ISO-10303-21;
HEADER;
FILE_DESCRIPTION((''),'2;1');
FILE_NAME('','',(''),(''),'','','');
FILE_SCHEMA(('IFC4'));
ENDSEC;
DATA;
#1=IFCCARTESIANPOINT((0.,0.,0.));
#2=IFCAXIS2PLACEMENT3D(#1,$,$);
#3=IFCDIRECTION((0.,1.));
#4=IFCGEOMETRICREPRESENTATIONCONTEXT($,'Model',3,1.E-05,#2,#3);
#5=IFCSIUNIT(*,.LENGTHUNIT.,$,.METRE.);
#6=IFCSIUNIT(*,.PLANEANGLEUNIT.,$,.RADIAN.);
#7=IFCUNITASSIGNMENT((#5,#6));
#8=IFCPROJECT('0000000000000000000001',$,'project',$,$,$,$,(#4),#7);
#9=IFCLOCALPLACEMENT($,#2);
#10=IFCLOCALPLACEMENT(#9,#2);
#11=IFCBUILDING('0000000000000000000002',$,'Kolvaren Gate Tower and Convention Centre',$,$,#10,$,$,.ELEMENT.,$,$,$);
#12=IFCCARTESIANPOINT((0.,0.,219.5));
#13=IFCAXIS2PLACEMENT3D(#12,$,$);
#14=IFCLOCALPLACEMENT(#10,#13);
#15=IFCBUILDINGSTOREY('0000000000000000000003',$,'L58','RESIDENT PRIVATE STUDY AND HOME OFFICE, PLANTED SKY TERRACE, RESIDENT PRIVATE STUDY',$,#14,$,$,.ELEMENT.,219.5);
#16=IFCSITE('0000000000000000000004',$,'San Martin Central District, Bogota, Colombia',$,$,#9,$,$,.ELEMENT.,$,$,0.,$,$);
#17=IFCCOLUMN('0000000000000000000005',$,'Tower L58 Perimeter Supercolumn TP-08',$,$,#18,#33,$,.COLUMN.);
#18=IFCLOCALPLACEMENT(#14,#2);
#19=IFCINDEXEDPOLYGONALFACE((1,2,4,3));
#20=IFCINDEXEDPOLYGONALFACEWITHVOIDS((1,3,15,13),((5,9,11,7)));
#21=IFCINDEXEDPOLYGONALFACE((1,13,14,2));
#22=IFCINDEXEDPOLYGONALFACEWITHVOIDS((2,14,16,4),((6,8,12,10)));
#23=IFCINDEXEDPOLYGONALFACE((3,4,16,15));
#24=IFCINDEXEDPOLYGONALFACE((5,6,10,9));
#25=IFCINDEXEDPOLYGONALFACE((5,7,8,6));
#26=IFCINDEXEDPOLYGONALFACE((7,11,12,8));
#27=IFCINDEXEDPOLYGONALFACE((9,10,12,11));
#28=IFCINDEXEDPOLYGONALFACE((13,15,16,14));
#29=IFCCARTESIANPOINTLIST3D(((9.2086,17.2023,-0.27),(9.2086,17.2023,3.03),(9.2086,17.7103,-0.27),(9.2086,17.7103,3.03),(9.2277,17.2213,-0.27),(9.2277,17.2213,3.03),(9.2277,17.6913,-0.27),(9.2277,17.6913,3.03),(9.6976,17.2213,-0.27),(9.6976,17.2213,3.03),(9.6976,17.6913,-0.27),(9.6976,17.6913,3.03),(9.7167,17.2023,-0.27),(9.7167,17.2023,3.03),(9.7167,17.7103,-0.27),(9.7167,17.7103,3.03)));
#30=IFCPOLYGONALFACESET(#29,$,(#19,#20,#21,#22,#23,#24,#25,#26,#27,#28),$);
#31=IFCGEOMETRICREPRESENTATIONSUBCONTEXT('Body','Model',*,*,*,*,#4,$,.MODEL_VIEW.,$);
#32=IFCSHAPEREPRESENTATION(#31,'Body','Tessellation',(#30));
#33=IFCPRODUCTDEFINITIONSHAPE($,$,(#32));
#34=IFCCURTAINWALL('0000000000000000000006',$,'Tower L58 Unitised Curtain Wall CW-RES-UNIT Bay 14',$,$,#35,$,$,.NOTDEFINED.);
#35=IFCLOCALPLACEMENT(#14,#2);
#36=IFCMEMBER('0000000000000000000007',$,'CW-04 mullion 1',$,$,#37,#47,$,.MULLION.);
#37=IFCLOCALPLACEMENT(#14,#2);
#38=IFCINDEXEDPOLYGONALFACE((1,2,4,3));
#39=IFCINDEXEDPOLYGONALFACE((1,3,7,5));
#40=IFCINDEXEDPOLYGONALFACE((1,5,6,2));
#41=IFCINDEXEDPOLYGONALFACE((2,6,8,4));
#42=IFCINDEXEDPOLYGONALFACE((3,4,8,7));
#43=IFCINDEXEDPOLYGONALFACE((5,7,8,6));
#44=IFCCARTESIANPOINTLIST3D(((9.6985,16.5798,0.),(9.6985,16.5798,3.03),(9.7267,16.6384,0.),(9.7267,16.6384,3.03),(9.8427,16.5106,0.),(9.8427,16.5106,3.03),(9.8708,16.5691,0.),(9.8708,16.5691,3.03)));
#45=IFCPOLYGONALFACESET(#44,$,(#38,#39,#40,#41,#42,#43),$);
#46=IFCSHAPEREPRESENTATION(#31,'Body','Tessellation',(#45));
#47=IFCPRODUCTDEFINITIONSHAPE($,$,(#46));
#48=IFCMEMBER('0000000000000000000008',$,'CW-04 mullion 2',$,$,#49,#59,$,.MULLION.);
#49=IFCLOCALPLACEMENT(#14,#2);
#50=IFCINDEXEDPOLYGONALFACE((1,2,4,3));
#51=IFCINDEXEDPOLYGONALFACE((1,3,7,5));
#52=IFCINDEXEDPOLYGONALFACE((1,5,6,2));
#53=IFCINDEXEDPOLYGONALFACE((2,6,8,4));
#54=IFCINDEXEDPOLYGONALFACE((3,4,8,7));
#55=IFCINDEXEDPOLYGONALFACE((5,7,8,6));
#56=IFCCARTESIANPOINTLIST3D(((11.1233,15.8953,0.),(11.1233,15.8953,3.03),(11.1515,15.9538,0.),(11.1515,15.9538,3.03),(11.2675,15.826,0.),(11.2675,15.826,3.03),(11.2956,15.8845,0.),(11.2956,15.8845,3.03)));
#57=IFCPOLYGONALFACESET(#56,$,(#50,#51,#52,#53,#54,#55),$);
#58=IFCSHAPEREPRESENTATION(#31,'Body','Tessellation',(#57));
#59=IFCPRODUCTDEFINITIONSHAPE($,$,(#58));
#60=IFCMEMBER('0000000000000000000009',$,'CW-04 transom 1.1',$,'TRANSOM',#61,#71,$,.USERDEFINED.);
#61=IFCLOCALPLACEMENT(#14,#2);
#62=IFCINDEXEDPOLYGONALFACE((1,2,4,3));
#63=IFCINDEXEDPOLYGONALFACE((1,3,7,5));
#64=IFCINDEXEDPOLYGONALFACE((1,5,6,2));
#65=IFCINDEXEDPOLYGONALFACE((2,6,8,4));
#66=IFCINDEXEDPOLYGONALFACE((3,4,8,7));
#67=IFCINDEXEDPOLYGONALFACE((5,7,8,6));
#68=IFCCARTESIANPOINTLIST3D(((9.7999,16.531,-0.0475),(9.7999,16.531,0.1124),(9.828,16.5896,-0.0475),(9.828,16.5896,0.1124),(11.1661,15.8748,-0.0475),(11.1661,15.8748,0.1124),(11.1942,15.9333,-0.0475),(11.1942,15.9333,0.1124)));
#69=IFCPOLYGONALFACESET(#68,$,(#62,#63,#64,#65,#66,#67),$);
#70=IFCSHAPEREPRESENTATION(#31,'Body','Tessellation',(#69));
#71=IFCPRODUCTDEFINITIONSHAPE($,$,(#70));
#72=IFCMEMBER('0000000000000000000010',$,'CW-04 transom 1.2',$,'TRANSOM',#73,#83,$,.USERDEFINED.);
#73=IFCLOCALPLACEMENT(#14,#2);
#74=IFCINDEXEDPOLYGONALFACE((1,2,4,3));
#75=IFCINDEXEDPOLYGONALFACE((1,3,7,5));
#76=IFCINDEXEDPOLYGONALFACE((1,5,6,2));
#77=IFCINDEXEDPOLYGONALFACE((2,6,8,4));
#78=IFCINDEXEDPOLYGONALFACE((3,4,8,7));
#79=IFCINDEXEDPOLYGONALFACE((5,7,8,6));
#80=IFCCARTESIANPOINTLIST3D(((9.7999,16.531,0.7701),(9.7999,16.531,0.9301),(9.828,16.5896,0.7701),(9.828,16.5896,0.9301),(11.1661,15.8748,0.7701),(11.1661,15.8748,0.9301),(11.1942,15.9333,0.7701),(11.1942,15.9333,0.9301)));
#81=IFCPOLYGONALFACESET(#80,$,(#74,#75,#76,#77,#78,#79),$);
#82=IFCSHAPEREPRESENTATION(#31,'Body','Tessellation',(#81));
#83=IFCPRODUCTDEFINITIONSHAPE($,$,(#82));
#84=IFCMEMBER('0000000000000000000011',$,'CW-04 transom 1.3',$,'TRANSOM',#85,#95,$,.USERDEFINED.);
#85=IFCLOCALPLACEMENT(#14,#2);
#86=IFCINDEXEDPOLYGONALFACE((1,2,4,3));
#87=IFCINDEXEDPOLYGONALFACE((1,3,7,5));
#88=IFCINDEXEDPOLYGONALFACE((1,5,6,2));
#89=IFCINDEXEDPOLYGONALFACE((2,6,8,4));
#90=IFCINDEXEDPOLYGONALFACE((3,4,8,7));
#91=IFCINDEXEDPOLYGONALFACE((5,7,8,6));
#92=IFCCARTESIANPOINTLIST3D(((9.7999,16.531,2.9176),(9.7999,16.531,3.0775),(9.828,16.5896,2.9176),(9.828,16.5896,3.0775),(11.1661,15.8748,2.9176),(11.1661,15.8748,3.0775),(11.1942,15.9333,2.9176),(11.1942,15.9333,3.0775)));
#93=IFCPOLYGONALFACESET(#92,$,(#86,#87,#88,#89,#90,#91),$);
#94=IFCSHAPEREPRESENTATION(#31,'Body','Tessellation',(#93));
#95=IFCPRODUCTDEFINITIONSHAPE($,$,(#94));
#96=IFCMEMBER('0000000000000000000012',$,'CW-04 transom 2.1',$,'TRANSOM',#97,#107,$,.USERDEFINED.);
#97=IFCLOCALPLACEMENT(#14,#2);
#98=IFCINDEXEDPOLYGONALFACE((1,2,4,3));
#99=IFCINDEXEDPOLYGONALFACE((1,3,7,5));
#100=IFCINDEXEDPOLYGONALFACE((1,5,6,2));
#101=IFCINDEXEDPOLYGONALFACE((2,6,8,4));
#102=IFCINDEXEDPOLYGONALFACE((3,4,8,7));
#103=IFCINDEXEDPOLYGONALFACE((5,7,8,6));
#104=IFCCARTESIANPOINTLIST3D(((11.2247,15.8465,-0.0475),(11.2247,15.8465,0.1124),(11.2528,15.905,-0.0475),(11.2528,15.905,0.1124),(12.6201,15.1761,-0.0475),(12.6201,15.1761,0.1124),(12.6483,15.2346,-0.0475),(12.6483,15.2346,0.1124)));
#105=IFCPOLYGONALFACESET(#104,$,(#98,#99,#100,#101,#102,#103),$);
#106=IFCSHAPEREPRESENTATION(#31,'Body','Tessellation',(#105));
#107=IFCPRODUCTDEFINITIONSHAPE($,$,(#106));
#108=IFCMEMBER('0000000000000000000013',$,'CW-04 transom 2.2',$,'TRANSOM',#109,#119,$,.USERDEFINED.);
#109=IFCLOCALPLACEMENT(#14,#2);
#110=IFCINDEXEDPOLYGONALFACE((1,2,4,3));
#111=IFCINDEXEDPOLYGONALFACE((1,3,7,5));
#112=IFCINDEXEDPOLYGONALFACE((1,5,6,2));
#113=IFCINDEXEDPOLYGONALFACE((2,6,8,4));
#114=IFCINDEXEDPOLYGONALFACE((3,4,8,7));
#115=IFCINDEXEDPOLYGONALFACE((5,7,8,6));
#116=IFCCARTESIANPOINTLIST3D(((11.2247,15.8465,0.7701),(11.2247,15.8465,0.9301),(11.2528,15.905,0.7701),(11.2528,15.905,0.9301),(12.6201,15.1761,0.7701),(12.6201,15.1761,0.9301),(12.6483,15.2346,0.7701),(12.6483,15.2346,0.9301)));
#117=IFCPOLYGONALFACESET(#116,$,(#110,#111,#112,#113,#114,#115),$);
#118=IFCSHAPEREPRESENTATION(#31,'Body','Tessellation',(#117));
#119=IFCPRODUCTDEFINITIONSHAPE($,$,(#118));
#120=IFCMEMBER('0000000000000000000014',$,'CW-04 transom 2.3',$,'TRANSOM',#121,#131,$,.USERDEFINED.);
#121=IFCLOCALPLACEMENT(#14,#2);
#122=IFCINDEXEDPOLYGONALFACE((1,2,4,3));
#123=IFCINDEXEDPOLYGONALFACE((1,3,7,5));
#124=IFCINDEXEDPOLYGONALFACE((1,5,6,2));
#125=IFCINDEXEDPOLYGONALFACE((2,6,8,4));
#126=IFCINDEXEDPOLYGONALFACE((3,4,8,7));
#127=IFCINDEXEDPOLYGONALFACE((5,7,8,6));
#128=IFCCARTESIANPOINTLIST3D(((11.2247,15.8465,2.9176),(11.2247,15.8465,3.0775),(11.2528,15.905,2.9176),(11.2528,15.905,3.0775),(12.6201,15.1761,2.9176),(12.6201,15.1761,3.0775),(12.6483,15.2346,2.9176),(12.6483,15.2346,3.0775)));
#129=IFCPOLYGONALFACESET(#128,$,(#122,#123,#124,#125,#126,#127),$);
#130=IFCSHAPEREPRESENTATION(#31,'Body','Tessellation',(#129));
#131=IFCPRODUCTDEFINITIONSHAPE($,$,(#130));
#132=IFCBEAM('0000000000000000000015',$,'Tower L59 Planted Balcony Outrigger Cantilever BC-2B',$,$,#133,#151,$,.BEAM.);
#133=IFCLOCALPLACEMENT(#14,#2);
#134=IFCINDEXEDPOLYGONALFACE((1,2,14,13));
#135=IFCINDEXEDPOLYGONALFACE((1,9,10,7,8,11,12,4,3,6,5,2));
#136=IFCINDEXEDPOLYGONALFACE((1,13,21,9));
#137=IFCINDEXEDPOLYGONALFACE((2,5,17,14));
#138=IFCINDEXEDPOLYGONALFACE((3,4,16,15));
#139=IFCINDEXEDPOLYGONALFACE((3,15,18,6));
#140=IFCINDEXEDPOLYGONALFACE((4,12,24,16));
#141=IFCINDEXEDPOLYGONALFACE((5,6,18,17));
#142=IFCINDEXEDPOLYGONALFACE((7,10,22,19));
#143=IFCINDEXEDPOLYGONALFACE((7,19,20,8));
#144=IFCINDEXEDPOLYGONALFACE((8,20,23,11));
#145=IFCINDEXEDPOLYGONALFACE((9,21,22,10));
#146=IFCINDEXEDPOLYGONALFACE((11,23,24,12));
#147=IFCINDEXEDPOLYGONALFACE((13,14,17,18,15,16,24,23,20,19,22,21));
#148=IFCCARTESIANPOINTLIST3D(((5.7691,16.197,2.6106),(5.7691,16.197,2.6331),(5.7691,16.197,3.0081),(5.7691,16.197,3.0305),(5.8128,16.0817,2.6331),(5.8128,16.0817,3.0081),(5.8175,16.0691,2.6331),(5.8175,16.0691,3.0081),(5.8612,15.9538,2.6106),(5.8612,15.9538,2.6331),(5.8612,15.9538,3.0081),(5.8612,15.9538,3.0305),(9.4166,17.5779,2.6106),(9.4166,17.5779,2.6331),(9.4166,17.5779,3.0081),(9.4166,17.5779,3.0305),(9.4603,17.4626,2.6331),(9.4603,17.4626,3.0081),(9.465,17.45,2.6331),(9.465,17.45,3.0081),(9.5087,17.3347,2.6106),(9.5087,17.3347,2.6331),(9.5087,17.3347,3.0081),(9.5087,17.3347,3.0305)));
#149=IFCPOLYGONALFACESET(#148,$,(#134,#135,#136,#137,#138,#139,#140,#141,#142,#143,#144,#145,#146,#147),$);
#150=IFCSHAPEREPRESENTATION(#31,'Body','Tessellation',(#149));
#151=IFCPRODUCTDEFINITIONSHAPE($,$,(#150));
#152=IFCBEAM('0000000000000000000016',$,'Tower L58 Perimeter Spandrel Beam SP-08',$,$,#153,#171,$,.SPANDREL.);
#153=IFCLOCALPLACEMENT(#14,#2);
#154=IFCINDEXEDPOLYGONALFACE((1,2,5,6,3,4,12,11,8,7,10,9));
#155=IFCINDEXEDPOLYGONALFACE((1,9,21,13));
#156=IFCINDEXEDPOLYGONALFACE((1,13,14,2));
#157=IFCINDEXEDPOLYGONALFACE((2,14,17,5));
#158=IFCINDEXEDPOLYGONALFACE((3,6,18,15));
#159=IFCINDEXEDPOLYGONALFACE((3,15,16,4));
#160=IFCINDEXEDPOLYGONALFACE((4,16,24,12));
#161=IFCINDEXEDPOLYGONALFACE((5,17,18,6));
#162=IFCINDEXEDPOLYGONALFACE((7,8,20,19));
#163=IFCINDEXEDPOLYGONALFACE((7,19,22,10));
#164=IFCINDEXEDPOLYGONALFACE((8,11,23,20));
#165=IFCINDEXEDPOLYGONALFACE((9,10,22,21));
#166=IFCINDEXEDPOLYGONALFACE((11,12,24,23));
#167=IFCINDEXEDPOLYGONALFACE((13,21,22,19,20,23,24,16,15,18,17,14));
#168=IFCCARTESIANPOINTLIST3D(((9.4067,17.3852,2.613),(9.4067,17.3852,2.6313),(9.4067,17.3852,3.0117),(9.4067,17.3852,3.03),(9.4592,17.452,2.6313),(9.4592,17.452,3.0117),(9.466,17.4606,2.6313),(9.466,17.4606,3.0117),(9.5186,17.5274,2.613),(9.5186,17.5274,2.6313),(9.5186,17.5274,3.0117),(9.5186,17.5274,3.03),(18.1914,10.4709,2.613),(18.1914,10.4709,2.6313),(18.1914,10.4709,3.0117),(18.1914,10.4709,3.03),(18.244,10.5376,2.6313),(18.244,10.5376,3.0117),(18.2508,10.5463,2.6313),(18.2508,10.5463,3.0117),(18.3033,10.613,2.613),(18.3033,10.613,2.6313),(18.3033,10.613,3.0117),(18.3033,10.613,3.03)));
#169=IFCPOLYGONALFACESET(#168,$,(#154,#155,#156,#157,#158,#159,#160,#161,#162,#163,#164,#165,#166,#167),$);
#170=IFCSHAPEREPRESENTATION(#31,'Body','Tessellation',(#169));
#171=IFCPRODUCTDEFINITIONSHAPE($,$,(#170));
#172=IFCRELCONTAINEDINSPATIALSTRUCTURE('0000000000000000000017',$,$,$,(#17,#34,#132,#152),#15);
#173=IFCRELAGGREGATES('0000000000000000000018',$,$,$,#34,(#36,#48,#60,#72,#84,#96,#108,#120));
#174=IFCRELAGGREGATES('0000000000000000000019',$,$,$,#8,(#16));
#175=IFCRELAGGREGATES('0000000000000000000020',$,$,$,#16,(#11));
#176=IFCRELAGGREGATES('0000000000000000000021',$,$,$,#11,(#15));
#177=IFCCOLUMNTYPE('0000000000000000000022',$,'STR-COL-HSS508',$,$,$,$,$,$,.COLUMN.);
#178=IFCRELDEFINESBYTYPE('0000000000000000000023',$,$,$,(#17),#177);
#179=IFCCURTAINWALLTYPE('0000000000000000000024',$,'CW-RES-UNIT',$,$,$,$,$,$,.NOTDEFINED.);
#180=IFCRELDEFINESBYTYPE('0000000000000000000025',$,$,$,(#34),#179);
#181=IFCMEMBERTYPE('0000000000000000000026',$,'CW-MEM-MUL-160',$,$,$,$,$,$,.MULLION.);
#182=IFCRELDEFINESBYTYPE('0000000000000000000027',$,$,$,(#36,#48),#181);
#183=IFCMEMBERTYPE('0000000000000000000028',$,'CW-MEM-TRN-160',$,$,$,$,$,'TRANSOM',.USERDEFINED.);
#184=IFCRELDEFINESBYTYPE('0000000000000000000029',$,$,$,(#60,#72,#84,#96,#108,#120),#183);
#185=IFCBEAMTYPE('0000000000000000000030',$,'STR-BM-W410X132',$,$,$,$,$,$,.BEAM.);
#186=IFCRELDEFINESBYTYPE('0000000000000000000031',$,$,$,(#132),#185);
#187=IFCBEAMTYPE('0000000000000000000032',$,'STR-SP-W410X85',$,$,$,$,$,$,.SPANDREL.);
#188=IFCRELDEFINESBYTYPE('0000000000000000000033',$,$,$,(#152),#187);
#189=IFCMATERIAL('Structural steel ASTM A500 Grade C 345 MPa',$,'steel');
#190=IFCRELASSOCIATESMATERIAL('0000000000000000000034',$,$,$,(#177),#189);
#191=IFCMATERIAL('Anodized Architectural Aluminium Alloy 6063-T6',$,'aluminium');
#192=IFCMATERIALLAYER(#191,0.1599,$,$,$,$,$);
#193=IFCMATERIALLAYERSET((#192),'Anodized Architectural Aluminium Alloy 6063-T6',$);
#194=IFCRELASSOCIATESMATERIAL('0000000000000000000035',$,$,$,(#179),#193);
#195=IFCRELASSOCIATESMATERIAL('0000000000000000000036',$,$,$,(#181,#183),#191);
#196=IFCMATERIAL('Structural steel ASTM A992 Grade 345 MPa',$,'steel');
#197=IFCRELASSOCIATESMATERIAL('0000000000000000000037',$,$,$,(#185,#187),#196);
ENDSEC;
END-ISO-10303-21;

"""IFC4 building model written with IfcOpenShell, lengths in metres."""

from ifc_helpers import new_model, si_unit, direction, frame, origin, origin_2d, place, context, subcontext, project, spatial, rectangle, hollow_rectangle, i_section, extrude, material, layer, layer_set, material_profile, profile_set, type_object, element, aggregate, save


model = new_model("IFC4")

# Units and contexts
model_context = context("Model", 3, precision=1e-05, world=origin(), true_north=direction((0.0, 1.0)))
body_context = subcontext(model_context, "Body", "Model", "MODEL_VIEW")
ifc_project = project(units=[si_unit("LENGTHUNIT", "METRE"), si_unit("PLANEANGLEUNIT", "RADIAN")], contexts=[model_context])

# Site, building, storey
site_placement = place(None, origin())
site = spatial("IfcSite", under=ifc_project, at=site_placement, Name="San Martin Central District, Bogota, Colombia", CompositionType="ELEMENT", RefElevation=0.0)
building_placement = place(site_placement, origin())
building = spatial("IfcBuilding", under=site, at=building_placement, Name="Kolvaren Gate Tower and Convention Centre", CompositionType="ELEMENT")
storey_placement = place(building_placement, frame((0.0, 0.0, 219.5)))
storey = spatial("IfcBuildingStorey", under=building, at=storey_placement, Name="L58", Description="RESIDENT PRIVATE STUDY AND HOME OFFICE, PLANTED SKY TERRACE, RESIDENT PRIVATE STUDY", CompositionType="ELEMENT", Elevation=219.5)

# Column
ifc_material_1 = material(Name="Structural steel ASTM A500 Grade C 345 MPa", Category="steel")
ifc_material_profile_1 = material_profile(ifc_material_1, hollow_rectangle(XDim=0.5081, YDim=0.5081, WallThickness=0.019, at=origin_2d()), Name="HSS508X508X19.1")
ifc_profile_set_1 = profile_set([ifc_material_profile_1], Name="Structural steel ASTM A500 Grade C 345 MPa")
column_type = type_object("IfcColumnType", Name="STR-COL-HSS508", PredefinedType="COLUMN", material=ifc_profile_set_1)
column_placement = place(storey_placement, frame((9.4626, 17.4563, -0.27), z_axis=(0.0, 0.0, 1.0), x_axis=(1.0, 0.0, 0.0)))
element("IfcColumn", 1, at=column_placement, inside=storey, type_object=column_type, Name="Tower L58 Perimeter Supercolumn TP-08", PredefinedType="COLUMN", context=body_context, shape_type="SweptSolid", body=[
    extrude(hollow_rectangle(XDim=0.5081, YDim=0.5081, WallThickness=0.019, at=origin_2d()), origin(), (0.0, 0.0, 1.0), 3.3),
])

# Curtain wall, members
ifc_material_2 = material(Name="Anodized Architectural Aluminium Alloy 6063-T6", Category="aluminium")
ifc_layer_1 = layer(ifc_material_2, 0.1599)
ifc_layer_set_1 = layer_set([ifc_layer_1], Name="Anodized Architectural Aluminium Alloy 6063-T6")
curtain_wall_type = type_object("IfcCurtainWallType", Name="CW-RES-UNIT", PredefinedType="NOTDEFINED", material=ifc_layer_set_1)
curtain_wall_placement = place(storey_placement, origin())
curtain_wall = element("IfcCurtainWall", 2, at=curtain_wall_placement, inside=storey, type_object=curtain_wall_type, Name="Tower L58 Unitised Curtain Wall CW-RES-UNIT Bay 14", PredefinedType="NOTDEFINED")
ifc_material_profile_2 = material_profile(ifc_material_2, rectangle(XDim=0.0649, YDim=0.1599, at=origin_2d()), Name="CW-MEM-MUL-160")
ifc_profile_set_2 = profile_set([ifc_material_profile_2], Name="Anodized Architectural Aluminium Alloy 6063-T6")
member_type_1 = type_object("IfcMemberType", Name="CW-MEM-MUL-160", PredefinedType="MULLION", material=ifc_profile_set_2)
member_1_placement = place(storey_placement, frame((9.7847, 16.5745, 0.0), z_axis=(0.0, 0.0, 1.0), x_axis=(0.433066, 0.901362, 0.0)))
member_1 = element("IfcMember", 3, at=member_1_placement, type_object=member_type_1, Name="CW-04 mullion 1", PredefinedType="MULLION", context=body_context, shape_type="SweptSolid", body=[
    extrude(rectangle(XDim=0.0649, YDim=0.1599, at=origin_2d()), origin(), (0.0, 0.0, 1.0), 3.03),
])
member_2_placement = place(storey_placement, frame((11.2095, 15.8899, 0.0), z_axis=(0.0, 0.0, 1.0), x_axis=(0.433066, 0.901362, 0.0)))
member_2 = element("IfcMember", 4, at=member_2_placement, type_object=member_type_1, Name="CW-04 mullion 2", PredefinedType="MULLION", context=body_context, shape_type="SweptSolid", body=[
    extrude(rectangle(XDim=0.0649, YDim=0.1599, at=origin_2d()), origin(), (0.0, 0.0, 1.0), 3.03),
])
ifc_material_profile_3 = material_profile(ifc_material_2, rectangle(XDim=0.0649, YDim=0.1599, at=origin_2d()), Name="CW-MEM-TRN-160")
ifc_profile_set_3 = profile_set([ifc_material_profile_3], Name="Anodized Architectural Aluminium Alloy 6063-T6")
member_type_2 = type_object("IfcMemberType", Name="CW-MEM-TRN-160", ElementType="TRANSOM", PredefinedType="USERDEFINED", material=ifc_profile_set_3)
member_3_placement = place(storey_placement, frame((9.814, 16.5603, 0.0325), z_axis=(0.901402, -0.432982, 0.0), x_axis=(0.432982, 0.901402, 0.0)))
member_3 = element("IfcMember", 5, at=member_3_placement, type_object=member_type_2, Name="CW-04 transom 1.1", ObjectType="TRANSOM", PredefinedType="USERDEFINED", context=body_context, shape_type="SweptSolid", body=[
    extrude(rectangle(XDim=0.0649, YDim=0.1599, at=origin_2d()), origin(), (0.0, 0.0, 1.0), 1.5156),
])
member_4_placement = place(storey_placement, frame((9.814, 16.5603, 0.8501), z_axis=(0.901402, -0.432982, 0.0), x_axis=(0.432982, 0.901402, 0.0)))
member_4 = element("IfcMember", 6, at=member_4_placement, type_object=member_type_2, Name="CW-04 transom 1.2", ObjectType="TRANSOM", PredefinedType="USERDEFINED", context=body_context, shape_type="SweptSolid", body=[
    extrude(rectangle(XDim=0.0649, YDim=0.1599, at=origin_2d()), origin(), (0.0, 0.0, 1.0), 1.5156),
])
member_5_placement = place(storey_placement, frame((9.814, 16.5603, 2.9976), z_axis=(0.901402, -0.432982, 0.0), x_axis=(0.432982, 0.901402, 0.0)))
member_5 = element("IfcMember", 7, at=member_5_placement, type_object=member_type_2, Name="CW-04 transom 1.3", ObjectType="TRANSOM", PredefinedType="USERDEFINED", context=body_context, shape_type="SweptSolid", body=[
    extrude(rectangle(XDim=0.0649, YDim=0.1599, at=origin_2d()), origin(), (0.0, 0.0, 1.0), 1.5156),
])
member_6_placement = place(storey_placement, frame((11.2388, 15.8757, 0.0325), z_axis=(0.90138, -0.433028, 0.0), x_axis=(0.433028, 0.90138, 0.0)))
member_6 = element("IfcMember", 8, at=member_6_placement, type_object=member_type_2, Name="CW-04 transom 2.1", ObjectType="TRANSOM", PredefinedType="USERDEFINED", context=body_context, shape_type="SweptSolid", body=[
    extrude(rectangle(XDim=0.0649, YDim=0.1599, at=origin_2d()), origin(), (0.0, 0.0, 1.0), 1.5481),
])
member_7_placement = place(storey_placement, frame((11.2388, 15.8757, 0.8501), z_axis=(0.90138, -0.433028, 0.0), x_axis=(0.433028, 0.90138, 0.0)))
member_7 = element("IfcMember", 9, at=member_7_placement, type_object=member_type_2, Name="CW-04 transom 2.2", ObjectType="TRANSOM", PredefinedType="USERDEFINED", context=body_context, shape_type="SweptSolid", body=[
    extrude(rectangle(XDim=0.0649, YDim=0.1599, at=origin_2d()), origin(), (0.0, 0.0, 1.0), 1.5481),
])
member_8_placement = place(storey_placement, frame((11.2388, 15.8757, 2.9976), z_axis=(0.90138, -0.433028, 0.0), x_axis=(0.433028, 0.90138, 0.0)))
member_8 = element("IfcMember", 10, at=member_8_placement, type_object=member_type_2, Name="CW-04 transom 2.3", ObjectType="TRANSOM", PredefinedType="USERDEFINED", context=body_context, shape_type="SweptSolid", body=[
    extrude(rectangle(XDim=0.0649, YDim=0.1599, at=origin_2d()), origin(), (0.0, 0.0, 1.0), 1.5481),
])

# Beams
ifc_material_3 = material(Name="Structural steel ASTM A992 Grade 345 MPa", Category="steel")
ifc_material_profile_4 = material_profile(ifc_material_3, i_section(OverallWidth=0.26, OverallDepth=0.4199, WebThickness=0.0134, FlangeThickness=0.0225, at=origin_2d()), Name="W410X132")
ifc_profile_set_4 = profile_set([ifc_material_profile_4], Name="Structural steel ASTM A992 Grade 345 MPa")
beam_type_1 = type_object("IfcBeamType", Name="STR-BM-W410X132", PredefinedType="BEAM", material=ifc_profile_set_4)
beam_1_placement = place(storey_placement, frame((9.4626, 17.4563, 2.8206), z_axis=(-0.935224, -0.354058, 0.0), x_axis=(0.354058, -0.935224, 0.0)))
element("IfcBeam", 11, at=beam_1_placement, inside=storey, type_object=beam_type_1, Name="Tower L59 Planted Balcony Outrigger Cantilever BC-2B", PredefinedType="BEAM", context=body_context, shape_type="SweptSolid", body=[
    extrude(i_section(OverallWidth=0.26, OverallDepth=0.4199, WebThickness=0.0134, FlangeThickness=0.0225, at=origin_2d()), origin(), (0.0, 0.0, 1.0), 3.9001),
])
ifc_material_profile_5 = material_profile(ifc_material_3, i_section(OverallWidth=0.1809, OverallDepth=0.417, WebThickness=0.011, FlangeThickness=0.0183, at=origin_2d()), Name="W410X85")
ifc_profile_set_5 = profile_set([ifc_material_profile_5], Name="Structural steel ASTM A992 Grade 345 MPa")
beam_type_2 = type_object("IfcBeamType", Name="STR-SP-W410X85", PredefinedType="SPANDREL", material=ifc_profile_set_5)
beam_2_placement = place(storey_placement, frame((9.4626, 17.4563, 2.8215), z_axis=(0.785794, -0.618489, 0.0), x_axis=(0.618489, 0.785794, 0.0)))
element("IfcBeam", 12, at=beam_2_placement, inside=storey, type_object=beam_type_2, Name="Tower L58 Perimeter Spandrel Beam SP-08", PredefinedType="SPANDREL", context=body_context, shape_type="SweptSolid", body=[
    extrude(i_section(OverallWidth=0.1809, OverallDepth=0.417, WebThickness=0.011, FlangeThickness=0.0183, at=origin_2d()), origin(), (0.0, 0.0, 1.0), 11.1794),
])

aggregate(curtain_wall, [member_1, member_2, member_3, member_4, member_5, member_6, member_7, member_8])

save(model, "model.ifc")
